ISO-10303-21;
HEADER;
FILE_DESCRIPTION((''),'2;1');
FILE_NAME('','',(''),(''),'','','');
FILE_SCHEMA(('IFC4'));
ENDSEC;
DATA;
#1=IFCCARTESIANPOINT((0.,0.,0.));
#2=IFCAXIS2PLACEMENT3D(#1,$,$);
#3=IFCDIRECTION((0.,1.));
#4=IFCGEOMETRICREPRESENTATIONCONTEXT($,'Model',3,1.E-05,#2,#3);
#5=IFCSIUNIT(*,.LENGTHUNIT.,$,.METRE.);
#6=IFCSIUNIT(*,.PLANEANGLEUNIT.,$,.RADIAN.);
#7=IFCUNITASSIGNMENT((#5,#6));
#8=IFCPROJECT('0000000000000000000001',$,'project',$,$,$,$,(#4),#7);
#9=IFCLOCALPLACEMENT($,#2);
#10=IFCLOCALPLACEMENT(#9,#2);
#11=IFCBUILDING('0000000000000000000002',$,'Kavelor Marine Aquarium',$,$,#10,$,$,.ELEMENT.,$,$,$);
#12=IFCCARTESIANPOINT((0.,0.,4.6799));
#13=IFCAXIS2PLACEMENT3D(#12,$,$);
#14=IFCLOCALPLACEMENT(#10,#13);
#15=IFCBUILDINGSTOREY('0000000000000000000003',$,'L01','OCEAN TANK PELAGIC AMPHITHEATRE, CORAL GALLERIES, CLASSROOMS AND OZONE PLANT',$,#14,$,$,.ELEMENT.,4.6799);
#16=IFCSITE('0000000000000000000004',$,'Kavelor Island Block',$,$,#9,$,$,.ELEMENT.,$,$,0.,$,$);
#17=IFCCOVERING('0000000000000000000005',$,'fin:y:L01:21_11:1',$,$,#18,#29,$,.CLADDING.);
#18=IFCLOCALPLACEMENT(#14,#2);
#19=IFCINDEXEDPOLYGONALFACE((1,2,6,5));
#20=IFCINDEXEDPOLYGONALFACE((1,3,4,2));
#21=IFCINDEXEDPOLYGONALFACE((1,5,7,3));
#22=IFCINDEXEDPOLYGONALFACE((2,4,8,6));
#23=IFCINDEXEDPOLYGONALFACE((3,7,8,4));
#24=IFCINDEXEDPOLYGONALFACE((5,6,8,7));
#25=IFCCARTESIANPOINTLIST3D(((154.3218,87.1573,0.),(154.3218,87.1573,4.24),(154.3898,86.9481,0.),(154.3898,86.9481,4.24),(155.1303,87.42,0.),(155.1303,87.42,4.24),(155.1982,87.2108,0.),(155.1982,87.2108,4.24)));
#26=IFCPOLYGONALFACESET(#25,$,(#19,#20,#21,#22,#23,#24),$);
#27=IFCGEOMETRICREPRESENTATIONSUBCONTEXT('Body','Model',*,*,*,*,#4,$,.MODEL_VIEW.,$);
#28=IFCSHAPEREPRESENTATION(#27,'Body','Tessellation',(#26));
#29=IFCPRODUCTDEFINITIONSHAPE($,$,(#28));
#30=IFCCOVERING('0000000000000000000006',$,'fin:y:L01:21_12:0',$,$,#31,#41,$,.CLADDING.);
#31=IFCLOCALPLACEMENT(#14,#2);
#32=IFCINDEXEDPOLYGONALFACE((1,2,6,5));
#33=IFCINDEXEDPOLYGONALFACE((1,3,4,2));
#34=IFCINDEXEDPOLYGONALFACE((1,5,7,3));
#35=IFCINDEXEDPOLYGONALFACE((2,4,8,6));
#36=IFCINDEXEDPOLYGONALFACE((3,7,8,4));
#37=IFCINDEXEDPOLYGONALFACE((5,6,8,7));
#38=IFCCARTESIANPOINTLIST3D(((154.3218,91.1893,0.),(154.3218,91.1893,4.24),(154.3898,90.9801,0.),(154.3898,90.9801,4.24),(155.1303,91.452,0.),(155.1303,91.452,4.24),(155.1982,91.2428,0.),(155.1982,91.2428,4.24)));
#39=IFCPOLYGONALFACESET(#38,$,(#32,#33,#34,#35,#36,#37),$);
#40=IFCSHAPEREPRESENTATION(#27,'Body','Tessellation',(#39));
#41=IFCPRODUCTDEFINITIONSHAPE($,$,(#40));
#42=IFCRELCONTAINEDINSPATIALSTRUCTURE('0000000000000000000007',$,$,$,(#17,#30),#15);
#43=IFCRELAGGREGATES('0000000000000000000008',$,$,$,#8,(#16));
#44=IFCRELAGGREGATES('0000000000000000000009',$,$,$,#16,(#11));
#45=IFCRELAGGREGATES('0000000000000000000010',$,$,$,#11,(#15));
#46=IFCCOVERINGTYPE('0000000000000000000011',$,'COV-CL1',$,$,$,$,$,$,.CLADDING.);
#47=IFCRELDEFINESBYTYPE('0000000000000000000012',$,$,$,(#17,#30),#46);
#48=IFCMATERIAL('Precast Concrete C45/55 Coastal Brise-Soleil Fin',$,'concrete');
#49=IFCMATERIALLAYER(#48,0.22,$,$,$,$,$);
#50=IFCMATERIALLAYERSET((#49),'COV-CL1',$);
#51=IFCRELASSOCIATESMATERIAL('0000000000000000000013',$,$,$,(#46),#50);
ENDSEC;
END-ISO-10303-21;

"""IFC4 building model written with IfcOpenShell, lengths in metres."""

from ifc_helpers import new_model, si_unit, direction, frame, origin, origin_2d, place, context, subcontext, project, spatial, rectangle, extrude, material, layer, layer_set, type_object, element, save


model = new_model("IFC4")

# Units and contexts
model_context = context("Model", 3, precision=1e-05, world=origin(), true_north=direction((0.0, 1.0)))
body_context = subcontext(model_context, "Body", "Model", "MODEL_VIEW")
ifc_project = project(units=[si_unit("LENGTHUNIT", "METRE"), si_unit("PLANEANGLEUNIT", "RADIAN")], contexts=[model_context])

# Site, building, storey
site_placement = place(None, origin())
site = spatial("IfcSite", under=ifc_project, at=site_placement, Name="Kavelor Island Block", CompositionType="ELEMENT", RefElevation=0.0)
building_placement = place(site_placement, origin())
building = spatial("IfcBuilding", under=site, at=building_placement, Name="Kavelor Marine Aquarium", CompositionType="ELEMENT")
storey_placement = place(building_placement, frame((0.0, 0.0, 4.6799)))
storey = spatial("IfcBuildingStorey", under=building, at=storey_placement, Name="L01", Description="OCEAN TANK PELAGIC AMPHITHEATRE, CORAL GALLERIES, CLASSROOMS AND OZONE PLANT", CompositionType="ELEMENT", Elevation=4.6799)

# Coverings
ifc_material_1 = material(Name="Precast Concrete C45/55 Coastal Brise-Soleil Fin", Category="concrete")
ifc_layer_1 = layer(ifc_material_1, 0.22)
ifc_layer_set_1 = layer_set([ifc_layer_1], Name="COV-CL1")
covering_type = type_object("IfcCoveringType", Name="COV-CL1", PredefinedType="CLADDING", material=ifc_layer_set_1)
for number, where, z_axis, x_axis, name in (
    (1, (154.76, 87.1841, 0.0), (0.0, 0.0, 1.0), (0.951057, 0.309017, 0.0), "fin:y:L01:21_11:1"),
    (2, (154.76, 91.2161, 0.0), (0.0, 0.0, 1.0), (0.951057, 0.309017, 0.0), "fin:y:L01:21_12:0"),
):
    element("IfcCovering", number, at=place(storey_placement, frame(where, z_axis=z_axis, x_axis=x_axis)), inside=storey, type_object=covering_type, Name=name, PredefinedType="CLADDING", context=body_context, shape_type="SweptSolid", body=[
        extrude(rectangle(XDim=0.8501, YDim=0.22, at=origin_2d()), origin(), (0.0, 0.0, 1.0), 4.24),
    ])

save(model, "model.ifc")
